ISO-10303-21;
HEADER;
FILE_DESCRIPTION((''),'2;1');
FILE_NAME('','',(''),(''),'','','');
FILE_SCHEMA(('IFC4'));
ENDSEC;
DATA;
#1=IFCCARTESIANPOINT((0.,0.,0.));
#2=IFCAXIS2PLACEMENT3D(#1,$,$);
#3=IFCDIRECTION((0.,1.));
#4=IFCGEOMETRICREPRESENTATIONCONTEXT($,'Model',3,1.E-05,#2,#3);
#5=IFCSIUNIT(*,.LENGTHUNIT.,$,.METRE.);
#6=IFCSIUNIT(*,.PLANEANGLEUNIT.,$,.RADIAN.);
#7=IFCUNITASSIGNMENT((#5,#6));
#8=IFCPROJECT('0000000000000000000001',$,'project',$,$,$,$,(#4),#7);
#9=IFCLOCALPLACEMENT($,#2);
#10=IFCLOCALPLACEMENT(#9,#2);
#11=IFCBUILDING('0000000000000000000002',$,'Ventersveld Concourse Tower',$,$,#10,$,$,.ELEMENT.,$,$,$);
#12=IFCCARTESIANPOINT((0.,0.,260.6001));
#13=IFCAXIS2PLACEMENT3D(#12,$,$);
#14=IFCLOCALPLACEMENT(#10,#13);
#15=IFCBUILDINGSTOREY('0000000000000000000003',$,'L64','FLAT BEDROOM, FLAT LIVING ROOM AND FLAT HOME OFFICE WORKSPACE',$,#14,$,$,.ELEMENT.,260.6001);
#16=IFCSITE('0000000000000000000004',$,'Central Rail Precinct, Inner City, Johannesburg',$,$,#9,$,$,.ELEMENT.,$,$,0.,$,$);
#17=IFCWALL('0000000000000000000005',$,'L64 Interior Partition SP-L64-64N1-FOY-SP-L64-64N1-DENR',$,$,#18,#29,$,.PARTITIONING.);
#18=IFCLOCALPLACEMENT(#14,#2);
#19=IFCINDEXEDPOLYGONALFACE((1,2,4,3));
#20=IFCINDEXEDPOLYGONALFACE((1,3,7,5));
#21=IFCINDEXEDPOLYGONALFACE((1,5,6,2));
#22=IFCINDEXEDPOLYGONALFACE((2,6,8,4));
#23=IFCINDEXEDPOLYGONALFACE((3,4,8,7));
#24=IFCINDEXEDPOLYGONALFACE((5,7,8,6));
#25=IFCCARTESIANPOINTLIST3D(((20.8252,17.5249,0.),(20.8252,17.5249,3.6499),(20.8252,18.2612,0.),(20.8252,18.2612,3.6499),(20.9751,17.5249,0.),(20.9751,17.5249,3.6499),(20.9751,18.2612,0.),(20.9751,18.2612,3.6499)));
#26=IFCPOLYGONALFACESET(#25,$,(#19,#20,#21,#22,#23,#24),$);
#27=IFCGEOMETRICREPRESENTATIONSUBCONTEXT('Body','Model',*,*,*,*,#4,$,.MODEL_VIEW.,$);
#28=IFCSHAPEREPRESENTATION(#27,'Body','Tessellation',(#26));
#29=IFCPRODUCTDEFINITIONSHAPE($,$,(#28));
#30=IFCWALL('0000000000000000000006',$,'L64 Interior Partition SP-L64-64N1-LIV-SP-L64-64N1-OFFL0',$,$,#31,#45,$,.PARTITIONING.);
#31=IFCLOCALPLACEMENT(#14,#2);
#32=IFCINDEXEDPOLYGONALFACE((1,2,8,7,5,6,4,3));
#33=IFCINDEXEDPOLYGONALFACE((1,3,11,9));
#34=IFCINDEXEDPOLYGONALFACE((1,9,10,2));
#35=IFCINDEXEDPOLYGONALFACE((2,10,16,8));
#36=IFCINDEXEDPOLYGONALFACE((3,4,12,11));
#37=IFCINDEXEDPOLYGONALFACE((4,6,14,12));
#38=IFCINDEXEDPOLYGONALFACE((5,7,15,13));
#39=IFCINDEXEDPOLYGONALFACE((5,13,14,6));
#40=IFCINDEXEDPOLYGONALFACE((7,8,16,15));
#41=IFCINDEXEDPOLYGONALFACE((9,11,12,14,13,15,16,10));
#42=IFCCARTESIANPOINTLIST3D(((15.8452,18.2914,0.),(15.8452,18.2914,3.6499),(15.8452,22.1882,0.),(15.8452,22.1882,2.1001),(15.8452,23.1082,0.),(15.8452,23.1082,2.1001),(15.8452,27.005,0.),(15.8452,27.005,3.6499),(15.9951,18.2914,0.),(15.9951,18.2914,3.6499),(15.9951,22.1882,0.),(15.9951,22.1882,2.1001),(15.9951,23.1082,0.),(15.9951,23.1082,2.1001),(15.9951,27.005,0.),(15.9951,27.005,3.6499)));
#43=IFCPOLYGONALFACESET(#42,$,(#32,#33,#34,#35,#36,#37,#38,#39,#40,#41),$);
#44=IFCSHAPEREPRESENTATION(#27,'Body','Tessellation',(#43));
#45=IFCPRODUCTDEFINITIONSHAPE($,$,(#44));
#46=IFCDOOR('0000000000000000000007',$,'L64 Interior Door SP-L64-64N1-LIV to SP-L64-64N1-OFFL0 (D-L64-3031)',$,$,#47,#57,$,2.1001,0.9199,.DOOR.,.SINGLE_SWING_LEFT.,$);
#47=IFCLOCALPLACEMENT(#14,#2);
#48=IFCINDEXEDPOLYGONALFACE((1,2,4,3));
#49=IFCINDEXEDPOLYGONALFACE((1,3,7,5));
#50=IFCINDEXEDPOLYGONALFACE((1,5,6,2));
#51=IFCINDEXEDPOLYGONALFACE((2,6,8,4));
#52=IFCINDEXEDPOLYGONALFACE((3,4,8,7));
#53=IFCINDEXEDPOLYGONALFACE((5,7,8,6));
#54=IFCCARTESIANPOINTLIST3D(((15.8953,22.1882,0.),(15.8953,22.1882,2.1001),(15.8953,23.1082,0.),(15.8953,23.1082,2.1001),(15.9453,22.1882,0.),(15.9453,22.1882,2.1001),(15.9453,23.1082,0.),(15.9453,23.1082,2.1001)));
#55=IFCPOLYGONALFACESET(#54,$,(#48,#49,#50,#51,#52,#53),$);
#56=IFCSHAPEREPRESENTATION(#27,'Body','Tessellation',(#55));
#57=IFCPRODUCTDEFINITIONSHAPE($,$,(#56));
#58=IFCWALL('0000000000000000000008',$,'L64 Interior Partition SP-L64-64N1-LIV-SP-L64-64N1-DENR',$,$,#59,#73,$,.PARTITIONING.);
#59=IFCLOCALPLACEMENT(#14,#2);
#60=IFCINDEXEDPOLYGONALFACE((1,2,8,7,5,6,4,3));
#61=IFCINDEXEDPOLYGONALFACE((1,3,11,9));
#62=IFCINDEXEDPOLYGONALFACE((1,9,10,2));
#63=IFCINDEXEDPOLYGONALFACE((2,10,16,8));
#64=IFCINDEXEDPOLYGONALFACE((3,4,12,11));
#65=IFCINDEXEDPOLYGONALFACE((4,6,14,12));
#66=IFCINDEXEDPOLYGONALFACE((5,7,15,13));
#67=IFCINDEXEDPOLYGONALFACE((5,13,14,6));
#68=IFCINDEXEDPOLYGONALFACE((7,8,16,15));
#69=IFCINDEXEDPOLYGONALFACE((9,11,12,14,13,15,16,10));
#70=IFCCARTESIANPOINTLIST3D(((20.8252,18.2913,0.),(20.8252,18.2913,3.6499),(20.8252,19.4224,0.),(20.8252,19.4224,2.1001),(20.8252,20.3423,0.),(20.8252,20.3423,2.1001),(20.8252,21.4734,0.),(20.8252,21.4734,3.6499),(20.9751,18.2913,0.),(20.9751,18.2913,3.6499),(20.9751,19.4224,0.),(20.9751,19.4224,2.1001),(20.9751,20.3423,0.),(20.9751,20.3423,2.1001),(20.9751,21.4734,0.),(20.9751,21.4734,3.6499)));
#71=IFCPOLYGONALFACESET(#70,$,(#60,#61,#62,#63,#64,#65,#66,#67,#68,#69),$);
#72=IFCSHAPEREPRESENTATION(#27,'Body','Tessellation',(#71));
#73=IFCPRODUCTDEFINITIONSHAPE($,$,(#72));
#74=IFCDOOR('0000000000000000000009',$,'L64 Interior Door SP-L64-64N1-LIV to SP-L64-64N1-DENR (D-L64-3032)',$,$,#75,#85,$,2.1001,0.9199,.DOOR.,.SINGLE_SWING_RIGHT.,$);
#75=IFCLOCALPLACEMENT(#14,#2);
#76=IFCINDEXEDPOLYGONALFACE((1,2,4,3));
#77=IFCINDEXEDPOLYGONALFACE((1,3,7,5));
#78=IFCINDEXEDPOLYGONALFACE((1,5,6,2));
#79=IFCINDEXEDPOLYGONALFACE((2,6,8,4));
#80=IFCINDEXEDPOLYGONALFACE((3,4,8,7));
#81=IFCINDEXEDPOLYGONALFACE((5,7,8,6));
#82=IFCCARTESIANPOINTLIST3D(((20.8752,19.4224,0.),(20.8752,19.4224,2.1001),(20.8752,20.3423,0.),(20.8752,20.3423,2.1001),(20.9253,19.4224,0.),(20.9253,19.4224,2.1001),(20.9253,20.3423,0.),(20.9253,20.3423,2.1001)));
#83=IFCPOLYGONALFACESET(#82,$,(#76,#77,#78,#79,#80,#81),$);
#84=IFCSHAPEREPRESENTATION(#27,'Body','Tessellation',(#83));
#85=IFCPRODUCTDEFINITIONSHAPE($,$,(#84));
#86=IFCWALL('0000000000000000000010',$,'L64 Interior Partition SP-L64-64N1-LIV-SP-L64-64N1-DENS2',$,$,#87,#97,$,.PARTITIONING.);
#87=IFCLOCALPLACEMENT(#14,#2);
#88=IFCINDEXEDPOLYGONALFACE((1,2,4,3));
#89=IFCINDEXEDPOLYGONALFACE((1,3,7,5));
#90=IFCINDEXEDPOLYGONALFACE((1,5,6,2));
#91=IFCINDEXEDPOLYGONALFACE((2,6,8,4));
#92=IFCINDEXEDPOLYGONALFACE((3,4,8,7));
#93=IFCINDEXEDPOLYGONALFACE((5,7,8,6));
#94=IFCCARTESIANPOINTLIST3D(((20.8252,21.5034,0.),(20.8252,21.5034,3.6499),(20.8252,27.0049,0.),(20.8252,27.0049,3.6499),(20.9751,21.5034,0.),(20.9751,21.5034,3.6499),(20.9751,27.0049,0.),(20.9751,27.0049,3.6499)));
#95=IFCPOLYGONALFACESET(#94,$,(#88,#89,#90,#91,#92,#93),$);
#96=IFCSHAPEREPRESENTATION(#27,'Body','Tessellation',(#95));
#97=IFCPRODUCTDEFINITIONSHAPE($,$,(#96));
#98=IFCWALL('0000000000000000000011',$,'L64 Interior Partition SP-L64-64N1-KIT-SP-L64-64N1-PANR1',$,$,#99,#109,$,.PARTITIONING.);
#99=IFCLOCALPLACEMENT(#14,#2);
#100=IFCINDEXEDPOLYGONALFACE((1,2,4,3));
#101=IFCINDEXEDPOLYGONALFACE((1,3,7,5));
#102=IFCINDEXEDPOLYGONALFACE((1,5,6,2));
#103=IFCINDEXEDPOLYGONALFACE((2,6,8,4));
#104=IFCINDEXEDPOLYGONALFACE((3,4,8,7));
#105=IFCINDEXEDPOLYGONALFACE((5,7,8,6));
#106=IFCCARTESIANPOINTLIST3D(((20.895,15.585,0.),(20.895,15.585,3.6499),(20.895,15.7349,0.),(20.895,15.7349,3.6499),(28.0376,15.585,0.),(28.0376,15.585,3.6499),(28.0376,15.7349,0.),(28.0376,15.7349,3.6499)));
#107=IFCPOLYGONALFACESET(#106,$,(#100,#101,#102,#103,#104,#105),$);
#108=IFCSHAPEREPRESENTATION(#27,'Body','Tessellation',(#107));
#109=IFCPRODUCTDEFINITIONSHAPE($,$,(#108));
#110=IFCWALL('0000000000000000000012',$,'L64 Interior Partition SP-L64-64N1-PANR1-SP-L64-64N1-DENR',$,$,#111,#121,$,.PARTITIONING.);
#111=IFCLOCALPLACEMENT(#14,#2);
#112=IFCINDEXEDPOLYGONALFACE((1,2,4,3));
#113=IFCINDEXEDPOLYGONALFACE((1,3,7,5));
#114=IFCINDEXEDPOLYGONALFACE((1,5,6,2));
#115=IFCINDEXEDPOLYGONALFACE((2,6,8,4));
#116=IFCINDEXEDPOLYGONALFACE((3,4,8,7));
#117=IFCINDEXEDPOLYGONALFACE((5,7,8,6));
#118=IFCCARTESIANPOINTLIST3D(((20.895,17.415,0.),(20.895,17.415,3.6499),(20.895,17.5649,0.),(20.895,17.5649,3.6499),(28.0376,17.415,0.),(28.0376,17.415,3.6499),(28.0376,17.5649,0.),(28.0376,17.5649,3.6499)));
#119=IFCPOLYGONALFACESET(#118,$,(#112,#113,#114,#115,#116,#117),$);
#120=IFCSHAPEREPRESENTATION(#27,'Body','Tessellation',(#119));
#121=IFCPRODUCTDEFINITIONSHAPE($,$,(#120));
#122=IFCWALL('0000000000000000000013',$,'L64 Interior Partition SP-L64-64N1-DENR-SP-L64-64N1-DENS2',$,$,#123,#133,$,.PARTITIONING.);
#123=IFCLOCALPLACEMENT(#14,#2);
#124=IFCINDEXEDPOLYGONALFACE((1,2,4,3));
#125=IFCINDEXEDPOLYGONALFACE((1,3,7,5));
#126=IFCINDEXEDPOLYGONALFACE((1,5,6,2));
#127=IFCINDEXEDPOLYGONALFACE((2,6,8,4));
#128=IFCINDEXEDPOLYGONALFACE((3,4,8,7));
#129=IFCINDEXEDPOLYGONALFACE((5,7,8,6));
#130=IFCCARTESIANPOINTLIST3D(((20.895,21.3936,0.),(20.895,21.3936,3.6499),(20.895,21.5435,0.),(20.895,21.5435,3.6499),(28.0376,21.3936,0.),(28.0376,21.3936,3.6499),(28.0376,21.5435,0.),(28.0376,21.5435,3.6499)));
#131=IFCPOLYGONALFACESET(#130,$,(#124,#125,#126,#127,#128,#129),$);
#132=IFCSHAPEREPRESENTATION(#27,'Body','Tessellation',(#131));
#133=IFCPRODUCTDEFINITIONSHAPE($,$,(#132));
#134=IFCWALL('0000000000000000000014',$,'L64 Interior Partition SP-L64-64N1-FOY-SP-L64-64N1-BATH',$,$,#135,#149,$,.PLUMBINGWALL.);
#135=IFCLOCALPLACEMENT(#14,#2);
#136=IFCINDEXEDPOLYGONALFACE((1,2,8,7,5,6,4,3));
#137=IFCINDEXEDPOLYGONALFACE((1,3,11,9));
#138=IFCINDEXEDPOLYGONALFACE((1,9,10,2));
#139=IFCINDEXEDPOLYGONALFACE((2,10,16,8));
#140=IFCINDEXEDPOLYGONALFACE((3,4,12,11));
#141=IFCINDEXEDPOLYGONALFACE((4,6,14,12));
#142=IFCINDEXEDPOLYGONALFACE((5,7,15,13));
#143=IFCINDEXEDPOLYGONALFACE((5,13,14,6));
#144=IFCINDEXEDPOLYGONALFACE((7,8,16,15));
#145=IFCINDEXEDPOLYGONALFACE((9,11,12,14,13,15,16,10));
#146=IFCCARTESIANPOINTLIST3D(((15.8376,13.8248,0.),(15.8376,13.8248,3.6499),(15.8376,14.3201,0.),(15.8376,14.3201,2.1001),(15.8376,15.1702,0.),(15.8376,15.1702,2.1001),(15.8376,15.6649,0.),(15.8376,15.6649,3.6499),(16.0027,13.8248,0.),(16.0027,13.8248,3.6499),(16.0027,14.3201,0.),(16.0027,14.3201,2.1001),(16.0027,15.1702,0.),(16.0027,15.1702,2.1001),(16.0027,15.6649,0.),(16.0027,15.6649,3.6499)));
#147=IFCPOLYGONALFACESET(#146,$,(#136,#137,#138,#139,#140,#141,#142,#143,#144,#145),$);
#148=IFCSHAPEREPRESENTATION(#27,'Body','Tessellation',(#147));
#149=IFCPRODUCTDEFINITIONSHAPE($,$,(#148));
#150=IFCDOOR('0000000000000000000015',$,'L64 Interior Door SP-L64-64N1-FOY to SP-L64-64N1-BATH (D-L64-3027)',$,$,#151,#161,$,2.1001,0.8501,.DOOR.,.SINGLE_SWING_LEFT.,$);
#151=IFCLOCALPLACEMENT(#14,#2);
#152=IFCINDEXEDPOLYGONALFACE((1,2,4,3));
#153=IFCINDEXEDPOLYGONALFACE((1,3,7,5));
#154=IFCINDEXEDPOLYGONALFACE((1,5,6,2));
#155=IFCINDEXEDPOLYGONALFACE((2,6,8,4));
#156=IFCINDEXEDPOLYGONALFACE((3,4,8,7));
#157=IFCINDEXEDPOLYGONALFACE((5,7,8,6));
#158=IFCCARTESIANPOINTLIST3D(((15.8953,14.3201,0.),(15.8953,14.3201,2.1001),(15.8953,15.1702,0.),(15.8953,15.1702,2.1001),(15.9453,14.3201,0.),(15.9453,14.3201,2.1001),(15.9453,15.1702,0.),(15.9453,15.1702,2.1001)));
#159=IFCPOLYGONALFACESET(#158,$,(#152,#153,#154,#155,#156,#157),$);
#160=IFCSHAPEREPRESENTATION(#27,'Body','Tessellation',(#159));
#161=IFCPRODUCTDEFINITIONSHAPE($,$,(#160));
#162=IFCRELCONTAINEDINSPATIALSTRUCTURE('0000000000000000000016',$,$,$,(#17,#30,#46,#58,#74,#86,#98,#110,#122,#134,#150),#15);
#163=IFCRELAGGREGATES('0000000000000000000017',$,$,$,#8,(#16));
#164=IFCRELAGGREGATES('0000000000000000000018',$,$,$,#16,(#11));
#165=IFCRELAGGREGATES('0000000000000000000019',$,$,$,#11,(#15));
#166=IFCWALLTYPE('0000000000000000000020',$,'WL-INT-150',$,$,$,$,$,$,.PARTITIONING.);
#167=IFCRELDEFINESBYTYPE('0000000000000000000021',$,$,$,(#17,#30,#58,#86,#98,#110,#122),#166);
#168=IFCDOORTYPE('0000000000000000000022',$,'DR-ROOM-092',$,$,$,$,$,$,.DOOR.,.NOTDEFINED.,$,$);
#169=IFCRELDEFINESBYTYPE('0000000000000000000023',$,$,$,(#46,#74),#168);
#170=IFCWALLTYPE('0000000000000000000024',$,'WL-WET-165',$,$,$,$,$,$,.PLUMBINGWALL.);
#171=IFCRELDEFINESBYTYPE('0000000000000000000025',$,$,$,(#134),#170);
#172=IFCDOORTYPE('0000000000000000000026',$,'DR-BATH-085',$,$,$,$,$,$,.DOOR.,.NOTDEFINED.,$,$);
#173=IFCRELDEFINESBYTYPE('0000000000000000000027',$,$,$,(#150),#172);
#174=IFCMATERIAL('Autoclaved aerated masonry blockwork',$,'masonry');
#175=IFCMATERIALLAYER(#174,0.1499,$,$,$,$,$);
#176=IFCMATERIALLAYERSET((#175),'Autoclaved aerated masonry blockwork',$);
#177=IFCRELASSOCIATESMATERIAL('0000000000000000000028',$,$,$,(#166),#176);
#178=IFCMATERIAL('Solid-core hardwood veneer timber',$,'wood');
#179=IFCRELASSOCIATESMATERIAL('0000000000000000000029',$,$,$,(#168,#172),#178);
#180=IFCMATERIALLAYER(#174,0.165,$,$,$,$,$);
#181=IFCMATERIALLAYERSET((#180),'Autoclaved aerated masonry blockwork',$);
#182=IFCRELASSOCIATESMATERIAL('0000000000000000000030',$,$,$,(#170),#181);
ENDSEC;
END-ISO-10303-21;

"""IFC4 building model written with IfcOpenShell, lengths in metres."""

from ifc_helpers import new_model, si_unit, direction, frame, frame_2d, origin, place, context, subcontext, project, spatial, rectangle, extrude, material, layer, layer_set, type_object, element, fill, save


model = new_model("IFC4")

# Units and contexts
model_context = context("Model", 3, precision=1e-05, world=origin(), true_north=direction((0.0, 1.0)))
body_context = subcontext(model_context, "Body", "Model", "MODEL_VIEW")
ifc_project = project(units=[si_unit("LENGTHUNIT", "METRE"), si_unit("PLANEANGLEUNIT", "RADIAN")], contexts=[model_context])

# Site, building, storey
site_placement = place(None, origin())
site = spatial("IfcSite", under=ifc_project, at=site_placement, Name="Central Rail Precinct, Inner City, Johannesburg", CompositionType="ELEMENT", RefElevation=0.0)
building_placement = place(site_placement, origin())
building = spatial("IfcBuilding", under=site, at=building_placement, Name="Ventersveld Concourse Tower", CompositionType="ELEMENT")
storey_placement = place(building_placement, frame((0.0, 0.0, 260.6001)))
storey = spatial("IfcBuildingStorey", under=building, at=storey_placement, Name="L64", Description="FLAT BEDROOM, FLAT LIVING ROOM AND FLAT HOME OFFICE WORKSPACE", CompositionType="ELEMENT", Elevation=260.6001)

# Shared definitions
ifc_material_1 = material(Name="Solid-core hardwood veneer timber", Category="wood")

# Shared definitions
ifc_material_2 = material(Name="Autoclaved aerated masonry blockwork", Category="masonry")
ifc_layer_1 = layer(ifc_material_2, 0.1499)
ifc_layer_set_1 = layer_set([ifc_layer_1], Name="Autoclaved aerated masonry blockwork")
wall_type_1 = type_object("IfcWallType", Name="WL-INT-150", PredefinedType="PARTITIONING", material=ifc_layer_set_1)
door_type_1 = type_object("IfcDoorType", Name="DR-ROOM-092", OperationType="NOTDEFINED", PredefinedType="DOOR", material=ifc_material_1)

# Wall
wall_1_placement = place(storey_placement, frame((20.9001, 17.5249, 0.0), z_axis=(0.0, 0.0, 1.0), x_axis=(0.0, 1.0, 0.0)))
element("IfcWall", 1, at=wall_1_placement, inside=storey, type_object=wall_type_1, Name="L64 Interior Partition SP-L64-64N1-FOY-SP-L64-64N1-DENR", PredefinedType="PARTITIONING", context=body_context, shape_type="SweptSolid", body=[
    extrude(rectangle(XDim=0.7363, YDim=0.1499, at=frame_2d((0.3682, 0.0))), origin(), (0.0, 0.0, 1.0), 3.6499),
])

# Walls, openings, doors
wall_2_placement = place(storey_placement, frame((15.9202, 18.2913, 0.0), z_axis=(0.0, 0.0, 1.0), x_axis=(0.0, 1.0, 0.0)))
wall_2 = element("IfcWall", 2, at=wall_2_placement, inside=storey, type_object=wall_type_1, Name="L64 Interior Partition SP-L64-64N1-LIV-SP-L64-64N1-OFFL0", PredefinedType="PARTITIONING", context=body_context, shape_type="SweptSolid", body=[
    extrude(rectangle(XDim=8.7136, YDim=0.1499, at=frame_2d((4.3569, 0.0))), origin(), (0.0, 0.0, 1.0), 3.6499),
])
opening_1_placement = place(wall_2_placement, frame((3.897, 0.0, 0.0)))
opening_1 = element("IfcOpeningElement", 3, at=opening_1_placement, cuts=wall_2, PredefinedType="OPENING", context=body_context, shape_type="SweptSolid", body=[
    extrude(rectangle(XDim=0.9199, YDim=2.1001, at=frame_2d((0.46, 1.05))), frame((0.0, 0.085, 0.0), z_axis=(0.0, -1.0, 0.0), x_axis=(1.0, 0.0, 0.0)), (0.0, 0.0, 1.0), 0.1699),
])
door_1_placement = place(opening_1_placement, origin())
door_1 = element("IfcDoor", 4, at=door_1_placement, inside=storey, type_object=door_type_1, Name="L64 Interior Door SP-L64-64N1-LIV to SP-L64-64N1-OFFL0 (D-L64-3031)", OperationType="SINGLE_SWING_LEFT", OverallHeight=2.1001, OverallWidth=0.9199, PredefinedType="DOOR", context=body_context, shape_type="SweptSolid", body=[
    extrude(rectangle(XDim=0.9199, YDim=2.1001, at=frame_2d((0.46, 1.05))), frame((0.0, 0.0249, 0.0), z_axis=(0.0, -1.0, 0.0), x_axis=(1.0, 0.0, 0.0)), (0.0, 0.0, 1.0), 0.05),
])
fill(opening_1, door_1)
wall_3_placement = place(storey_placement, frame((20.9001, 18.2913, 0.0), z_axis=(0.0, 0.0, 1.0), x_axis=(0.0, 1.0, 0.0)))
wall_3 = element("IfcWall", 5, at=wall_3_placement, inside=storey, type_object=wall_type_1, Name="L64 Interior Partition SP-L64-64N1-LIV-SP-L64-64N1-DENR", PredefinedType="PARTITIONING", context=body_context, shape_type="SweptSolid", body=[
    extrude(rectangle(XDim=3.1821, YDim=0.1499, at=frame_2d((1.5911, 0.0))), origin(), (0.0, 0.0, 1.0), 3.6499),
])
opening_2_placement = place(wall_3_placement, frame((1.1311, 0.0, 0.0)))
opening_2 = element("IfcOpeningElement", 6, at=opening_2_placement, cuts=wall_3, PredefinedType="OPENING", context=body_context, shape_type="SweptSolid", body=[
    extrude(rectangle(XDim=0.9199, YDim=2.1001, at=frame_2d((0.46, 1.05))), frame((0.0, 0.085, 0.0), z_axis=(0.0, -1.0, 0.0), x_axis=(1.0, 0.0, 0.0)), (0.0, 0.0, 1.0), 0.1699),
])
door_2_placement = place(opening_2_placement, origin())
door_2 = element("IfcDoor", 7, at=door_2_placement, inside=storey, type_object=door_type_1, Name="L64 Interior Door SP-L64-64N1-LIV to SP-L64-64N1-DENR (D-L64-3032)", OperationType="SINGLE_SWING_RIGHT", OverallHeight=2.1001, OverallWidth=0.9199, PredefinedType="DOOR", context=body_context, shape_type="SweptSolid", body=[
    extrude(rectangle(XDim=0.9199, YDim=2.1001, at=frame_2d((0.46, 1.05))), frame((0.0, 0.0249, 0.0), z_axis=(0.0, -1.0, 0.0), x_axis=(1.0, 0.0, 0.0)), (0.0, 0.0, 1.0), 0.05),
])
fill(opening_2, door_2)

# Walls
wall_4_placement = place(storey_placement, frame((20.9001, 21.5034, 0.0), z_axis=(0.0, 0.0, 1.0), x_axis=(0.0, 1.0, 0.0)))
element("IfcWall", 8, at=wall_4_placement, inside=storey, type_object=wall_type_1, Name="L64 Interior Partition SP-L64-64N1-LIV-SP-L64-64N1-DENS2", PredefinedType="PARTITIONING", context=body_context, shape_type="SweptSolid", body=[
    extrude(rectangle(XDim=5.5015, YDim=0.1499, at=frame_2d((2.7507, 0.0))), origin(), (0.0, 0.0, 1.0), 3.6499),
])
for number, where, z_axis, x_axis, name in (
    (9, (20.895, 15.6599, 0.0), (0.0, 0.0, 1.0), (1.0, 0.0, 0.0), "L64 Interior Partition SP-L64-64N1-KIT-SP-L64-64N1-PANR1"),
    (10, (20.895, 17.49, 0.0), (0.0, 0.0, 1.0), (1.0, 0.0, 0.0), "L64 Interior Partition SP-L64-64N1-PANR1-SP-L64-64N1-DENR"),
    (11, (20.895, 21.4685, 0.0), (0.0, 0.0, 1.0), (1.0, 0.0, 0.0), "L64 Interior Partition SP-L64-64N1-DENR-SP-L64-64N1-DENS2"),
):
    element("IfcWall", number, at=place(storey_placement, frame(where, z_axis=z_axis, x_axis=x_axis)), inside=storey, type_object=wall_type_1, Name=name, PredefinedType="PARTITIONING", context=body_context, shape_type="SweptSolid", body=[
        extrude(rectangle(XDim=7.1426, YDim=0.1499, at=frame_2d((3.5713, 0.0))), origin(), (0.0, 0.0, 1.0), 3.6499),
    ])

# Wall, opening, door
ifc_layer_2 = layer(ifc_material_2, 0.165)
ifc_layer_set_2 = layer_set([ifc_layer_2], Name="Autoclaved aerated masonry blockwork")
wall_type_2 = type_object("IfcWallType", Name="WL-WET-165", PredefinedType="PLUMBINGWALL", material=ifc_layer_set_2)
wall_5_placement = place(storey_placement, frame((15.9202, 13.825, 0.0), z_axis=(0.0, 0.0, 1.0), x_axis=(0.0, 1.0, 0.0)))
wall_5 = element("IfcWall", 12, at=wall_5_placement, inside=storey, type_object=wall_type_2, Name="L64 Interior Partition SP-L64-64N1-FOY-SP-L64-64N1-BATH", PredefinedType="PLUMBINGWALL", context=body_context, shape_type="SweptSolid", body=[
    extrude(rectangle(XDim=1.8401, YDim=0.165, at=frame_2d((0.9199, 0.0))), origin(), (0.0, 0.0, 1.0), 3.6499),
])
opening_3_placement = place(wall_5_placement, frame((0.4951, 0.0, 0.0)))
opening_3 = element("IfcOpeningElement", 13, at=opening_3_placement, cuts=wall_5, PredefinedType="OPENING", context=body_context, shape_type="SweptSolid", body=[
    extrude(rectangle(XDim=0.8501, YDim=2.1001, at=frame_2d((0.425, 1.05))), frame((0.0, 0.0925, 0.0), z_axis=(0.0, -1.0, 0.0), x_axis=(1.0, 0.0, 0.0)), (0.0, 0.0, 1.0), 0.1851),
])
door_type_2 = type_object("IfcDoorType", Name="DR-BATH-085", OperationType="NOTDEFINED", PredefinedType="DOOR", material=ifc_material_1)
door_3_placement = place(opening_3_placement, origin())
door_3 = element("IfcDoor", 14, at=door_3_placement, inside=storey, type_object=door_type_2, Name="L64 Interior Door SP-L64-64N1-FOY to SP-L64-64N1-BATH (D-L64-3027)", OperationType="SINGLE_SWING_LEFT", OverallHeight=2.1001, OverallWidth=0.8501, PredefinedType="DOOR", context=body_context, shape_type="SweptSolid", body=[
    extrude(rectangle(XDim=0.8501, YDim=2.1001, at=frame_2d((0.425, 1.05))), frame((0.0, 0.0249, 0.0), z_axis=(0.0, -1.0, 0.0), x_axis=(1.0, 0.0, 0.0)), (0.0, 0.0, 1.0), 0.05),
])
fill(opening_3, door_3)

save(model, "model.ifc")
